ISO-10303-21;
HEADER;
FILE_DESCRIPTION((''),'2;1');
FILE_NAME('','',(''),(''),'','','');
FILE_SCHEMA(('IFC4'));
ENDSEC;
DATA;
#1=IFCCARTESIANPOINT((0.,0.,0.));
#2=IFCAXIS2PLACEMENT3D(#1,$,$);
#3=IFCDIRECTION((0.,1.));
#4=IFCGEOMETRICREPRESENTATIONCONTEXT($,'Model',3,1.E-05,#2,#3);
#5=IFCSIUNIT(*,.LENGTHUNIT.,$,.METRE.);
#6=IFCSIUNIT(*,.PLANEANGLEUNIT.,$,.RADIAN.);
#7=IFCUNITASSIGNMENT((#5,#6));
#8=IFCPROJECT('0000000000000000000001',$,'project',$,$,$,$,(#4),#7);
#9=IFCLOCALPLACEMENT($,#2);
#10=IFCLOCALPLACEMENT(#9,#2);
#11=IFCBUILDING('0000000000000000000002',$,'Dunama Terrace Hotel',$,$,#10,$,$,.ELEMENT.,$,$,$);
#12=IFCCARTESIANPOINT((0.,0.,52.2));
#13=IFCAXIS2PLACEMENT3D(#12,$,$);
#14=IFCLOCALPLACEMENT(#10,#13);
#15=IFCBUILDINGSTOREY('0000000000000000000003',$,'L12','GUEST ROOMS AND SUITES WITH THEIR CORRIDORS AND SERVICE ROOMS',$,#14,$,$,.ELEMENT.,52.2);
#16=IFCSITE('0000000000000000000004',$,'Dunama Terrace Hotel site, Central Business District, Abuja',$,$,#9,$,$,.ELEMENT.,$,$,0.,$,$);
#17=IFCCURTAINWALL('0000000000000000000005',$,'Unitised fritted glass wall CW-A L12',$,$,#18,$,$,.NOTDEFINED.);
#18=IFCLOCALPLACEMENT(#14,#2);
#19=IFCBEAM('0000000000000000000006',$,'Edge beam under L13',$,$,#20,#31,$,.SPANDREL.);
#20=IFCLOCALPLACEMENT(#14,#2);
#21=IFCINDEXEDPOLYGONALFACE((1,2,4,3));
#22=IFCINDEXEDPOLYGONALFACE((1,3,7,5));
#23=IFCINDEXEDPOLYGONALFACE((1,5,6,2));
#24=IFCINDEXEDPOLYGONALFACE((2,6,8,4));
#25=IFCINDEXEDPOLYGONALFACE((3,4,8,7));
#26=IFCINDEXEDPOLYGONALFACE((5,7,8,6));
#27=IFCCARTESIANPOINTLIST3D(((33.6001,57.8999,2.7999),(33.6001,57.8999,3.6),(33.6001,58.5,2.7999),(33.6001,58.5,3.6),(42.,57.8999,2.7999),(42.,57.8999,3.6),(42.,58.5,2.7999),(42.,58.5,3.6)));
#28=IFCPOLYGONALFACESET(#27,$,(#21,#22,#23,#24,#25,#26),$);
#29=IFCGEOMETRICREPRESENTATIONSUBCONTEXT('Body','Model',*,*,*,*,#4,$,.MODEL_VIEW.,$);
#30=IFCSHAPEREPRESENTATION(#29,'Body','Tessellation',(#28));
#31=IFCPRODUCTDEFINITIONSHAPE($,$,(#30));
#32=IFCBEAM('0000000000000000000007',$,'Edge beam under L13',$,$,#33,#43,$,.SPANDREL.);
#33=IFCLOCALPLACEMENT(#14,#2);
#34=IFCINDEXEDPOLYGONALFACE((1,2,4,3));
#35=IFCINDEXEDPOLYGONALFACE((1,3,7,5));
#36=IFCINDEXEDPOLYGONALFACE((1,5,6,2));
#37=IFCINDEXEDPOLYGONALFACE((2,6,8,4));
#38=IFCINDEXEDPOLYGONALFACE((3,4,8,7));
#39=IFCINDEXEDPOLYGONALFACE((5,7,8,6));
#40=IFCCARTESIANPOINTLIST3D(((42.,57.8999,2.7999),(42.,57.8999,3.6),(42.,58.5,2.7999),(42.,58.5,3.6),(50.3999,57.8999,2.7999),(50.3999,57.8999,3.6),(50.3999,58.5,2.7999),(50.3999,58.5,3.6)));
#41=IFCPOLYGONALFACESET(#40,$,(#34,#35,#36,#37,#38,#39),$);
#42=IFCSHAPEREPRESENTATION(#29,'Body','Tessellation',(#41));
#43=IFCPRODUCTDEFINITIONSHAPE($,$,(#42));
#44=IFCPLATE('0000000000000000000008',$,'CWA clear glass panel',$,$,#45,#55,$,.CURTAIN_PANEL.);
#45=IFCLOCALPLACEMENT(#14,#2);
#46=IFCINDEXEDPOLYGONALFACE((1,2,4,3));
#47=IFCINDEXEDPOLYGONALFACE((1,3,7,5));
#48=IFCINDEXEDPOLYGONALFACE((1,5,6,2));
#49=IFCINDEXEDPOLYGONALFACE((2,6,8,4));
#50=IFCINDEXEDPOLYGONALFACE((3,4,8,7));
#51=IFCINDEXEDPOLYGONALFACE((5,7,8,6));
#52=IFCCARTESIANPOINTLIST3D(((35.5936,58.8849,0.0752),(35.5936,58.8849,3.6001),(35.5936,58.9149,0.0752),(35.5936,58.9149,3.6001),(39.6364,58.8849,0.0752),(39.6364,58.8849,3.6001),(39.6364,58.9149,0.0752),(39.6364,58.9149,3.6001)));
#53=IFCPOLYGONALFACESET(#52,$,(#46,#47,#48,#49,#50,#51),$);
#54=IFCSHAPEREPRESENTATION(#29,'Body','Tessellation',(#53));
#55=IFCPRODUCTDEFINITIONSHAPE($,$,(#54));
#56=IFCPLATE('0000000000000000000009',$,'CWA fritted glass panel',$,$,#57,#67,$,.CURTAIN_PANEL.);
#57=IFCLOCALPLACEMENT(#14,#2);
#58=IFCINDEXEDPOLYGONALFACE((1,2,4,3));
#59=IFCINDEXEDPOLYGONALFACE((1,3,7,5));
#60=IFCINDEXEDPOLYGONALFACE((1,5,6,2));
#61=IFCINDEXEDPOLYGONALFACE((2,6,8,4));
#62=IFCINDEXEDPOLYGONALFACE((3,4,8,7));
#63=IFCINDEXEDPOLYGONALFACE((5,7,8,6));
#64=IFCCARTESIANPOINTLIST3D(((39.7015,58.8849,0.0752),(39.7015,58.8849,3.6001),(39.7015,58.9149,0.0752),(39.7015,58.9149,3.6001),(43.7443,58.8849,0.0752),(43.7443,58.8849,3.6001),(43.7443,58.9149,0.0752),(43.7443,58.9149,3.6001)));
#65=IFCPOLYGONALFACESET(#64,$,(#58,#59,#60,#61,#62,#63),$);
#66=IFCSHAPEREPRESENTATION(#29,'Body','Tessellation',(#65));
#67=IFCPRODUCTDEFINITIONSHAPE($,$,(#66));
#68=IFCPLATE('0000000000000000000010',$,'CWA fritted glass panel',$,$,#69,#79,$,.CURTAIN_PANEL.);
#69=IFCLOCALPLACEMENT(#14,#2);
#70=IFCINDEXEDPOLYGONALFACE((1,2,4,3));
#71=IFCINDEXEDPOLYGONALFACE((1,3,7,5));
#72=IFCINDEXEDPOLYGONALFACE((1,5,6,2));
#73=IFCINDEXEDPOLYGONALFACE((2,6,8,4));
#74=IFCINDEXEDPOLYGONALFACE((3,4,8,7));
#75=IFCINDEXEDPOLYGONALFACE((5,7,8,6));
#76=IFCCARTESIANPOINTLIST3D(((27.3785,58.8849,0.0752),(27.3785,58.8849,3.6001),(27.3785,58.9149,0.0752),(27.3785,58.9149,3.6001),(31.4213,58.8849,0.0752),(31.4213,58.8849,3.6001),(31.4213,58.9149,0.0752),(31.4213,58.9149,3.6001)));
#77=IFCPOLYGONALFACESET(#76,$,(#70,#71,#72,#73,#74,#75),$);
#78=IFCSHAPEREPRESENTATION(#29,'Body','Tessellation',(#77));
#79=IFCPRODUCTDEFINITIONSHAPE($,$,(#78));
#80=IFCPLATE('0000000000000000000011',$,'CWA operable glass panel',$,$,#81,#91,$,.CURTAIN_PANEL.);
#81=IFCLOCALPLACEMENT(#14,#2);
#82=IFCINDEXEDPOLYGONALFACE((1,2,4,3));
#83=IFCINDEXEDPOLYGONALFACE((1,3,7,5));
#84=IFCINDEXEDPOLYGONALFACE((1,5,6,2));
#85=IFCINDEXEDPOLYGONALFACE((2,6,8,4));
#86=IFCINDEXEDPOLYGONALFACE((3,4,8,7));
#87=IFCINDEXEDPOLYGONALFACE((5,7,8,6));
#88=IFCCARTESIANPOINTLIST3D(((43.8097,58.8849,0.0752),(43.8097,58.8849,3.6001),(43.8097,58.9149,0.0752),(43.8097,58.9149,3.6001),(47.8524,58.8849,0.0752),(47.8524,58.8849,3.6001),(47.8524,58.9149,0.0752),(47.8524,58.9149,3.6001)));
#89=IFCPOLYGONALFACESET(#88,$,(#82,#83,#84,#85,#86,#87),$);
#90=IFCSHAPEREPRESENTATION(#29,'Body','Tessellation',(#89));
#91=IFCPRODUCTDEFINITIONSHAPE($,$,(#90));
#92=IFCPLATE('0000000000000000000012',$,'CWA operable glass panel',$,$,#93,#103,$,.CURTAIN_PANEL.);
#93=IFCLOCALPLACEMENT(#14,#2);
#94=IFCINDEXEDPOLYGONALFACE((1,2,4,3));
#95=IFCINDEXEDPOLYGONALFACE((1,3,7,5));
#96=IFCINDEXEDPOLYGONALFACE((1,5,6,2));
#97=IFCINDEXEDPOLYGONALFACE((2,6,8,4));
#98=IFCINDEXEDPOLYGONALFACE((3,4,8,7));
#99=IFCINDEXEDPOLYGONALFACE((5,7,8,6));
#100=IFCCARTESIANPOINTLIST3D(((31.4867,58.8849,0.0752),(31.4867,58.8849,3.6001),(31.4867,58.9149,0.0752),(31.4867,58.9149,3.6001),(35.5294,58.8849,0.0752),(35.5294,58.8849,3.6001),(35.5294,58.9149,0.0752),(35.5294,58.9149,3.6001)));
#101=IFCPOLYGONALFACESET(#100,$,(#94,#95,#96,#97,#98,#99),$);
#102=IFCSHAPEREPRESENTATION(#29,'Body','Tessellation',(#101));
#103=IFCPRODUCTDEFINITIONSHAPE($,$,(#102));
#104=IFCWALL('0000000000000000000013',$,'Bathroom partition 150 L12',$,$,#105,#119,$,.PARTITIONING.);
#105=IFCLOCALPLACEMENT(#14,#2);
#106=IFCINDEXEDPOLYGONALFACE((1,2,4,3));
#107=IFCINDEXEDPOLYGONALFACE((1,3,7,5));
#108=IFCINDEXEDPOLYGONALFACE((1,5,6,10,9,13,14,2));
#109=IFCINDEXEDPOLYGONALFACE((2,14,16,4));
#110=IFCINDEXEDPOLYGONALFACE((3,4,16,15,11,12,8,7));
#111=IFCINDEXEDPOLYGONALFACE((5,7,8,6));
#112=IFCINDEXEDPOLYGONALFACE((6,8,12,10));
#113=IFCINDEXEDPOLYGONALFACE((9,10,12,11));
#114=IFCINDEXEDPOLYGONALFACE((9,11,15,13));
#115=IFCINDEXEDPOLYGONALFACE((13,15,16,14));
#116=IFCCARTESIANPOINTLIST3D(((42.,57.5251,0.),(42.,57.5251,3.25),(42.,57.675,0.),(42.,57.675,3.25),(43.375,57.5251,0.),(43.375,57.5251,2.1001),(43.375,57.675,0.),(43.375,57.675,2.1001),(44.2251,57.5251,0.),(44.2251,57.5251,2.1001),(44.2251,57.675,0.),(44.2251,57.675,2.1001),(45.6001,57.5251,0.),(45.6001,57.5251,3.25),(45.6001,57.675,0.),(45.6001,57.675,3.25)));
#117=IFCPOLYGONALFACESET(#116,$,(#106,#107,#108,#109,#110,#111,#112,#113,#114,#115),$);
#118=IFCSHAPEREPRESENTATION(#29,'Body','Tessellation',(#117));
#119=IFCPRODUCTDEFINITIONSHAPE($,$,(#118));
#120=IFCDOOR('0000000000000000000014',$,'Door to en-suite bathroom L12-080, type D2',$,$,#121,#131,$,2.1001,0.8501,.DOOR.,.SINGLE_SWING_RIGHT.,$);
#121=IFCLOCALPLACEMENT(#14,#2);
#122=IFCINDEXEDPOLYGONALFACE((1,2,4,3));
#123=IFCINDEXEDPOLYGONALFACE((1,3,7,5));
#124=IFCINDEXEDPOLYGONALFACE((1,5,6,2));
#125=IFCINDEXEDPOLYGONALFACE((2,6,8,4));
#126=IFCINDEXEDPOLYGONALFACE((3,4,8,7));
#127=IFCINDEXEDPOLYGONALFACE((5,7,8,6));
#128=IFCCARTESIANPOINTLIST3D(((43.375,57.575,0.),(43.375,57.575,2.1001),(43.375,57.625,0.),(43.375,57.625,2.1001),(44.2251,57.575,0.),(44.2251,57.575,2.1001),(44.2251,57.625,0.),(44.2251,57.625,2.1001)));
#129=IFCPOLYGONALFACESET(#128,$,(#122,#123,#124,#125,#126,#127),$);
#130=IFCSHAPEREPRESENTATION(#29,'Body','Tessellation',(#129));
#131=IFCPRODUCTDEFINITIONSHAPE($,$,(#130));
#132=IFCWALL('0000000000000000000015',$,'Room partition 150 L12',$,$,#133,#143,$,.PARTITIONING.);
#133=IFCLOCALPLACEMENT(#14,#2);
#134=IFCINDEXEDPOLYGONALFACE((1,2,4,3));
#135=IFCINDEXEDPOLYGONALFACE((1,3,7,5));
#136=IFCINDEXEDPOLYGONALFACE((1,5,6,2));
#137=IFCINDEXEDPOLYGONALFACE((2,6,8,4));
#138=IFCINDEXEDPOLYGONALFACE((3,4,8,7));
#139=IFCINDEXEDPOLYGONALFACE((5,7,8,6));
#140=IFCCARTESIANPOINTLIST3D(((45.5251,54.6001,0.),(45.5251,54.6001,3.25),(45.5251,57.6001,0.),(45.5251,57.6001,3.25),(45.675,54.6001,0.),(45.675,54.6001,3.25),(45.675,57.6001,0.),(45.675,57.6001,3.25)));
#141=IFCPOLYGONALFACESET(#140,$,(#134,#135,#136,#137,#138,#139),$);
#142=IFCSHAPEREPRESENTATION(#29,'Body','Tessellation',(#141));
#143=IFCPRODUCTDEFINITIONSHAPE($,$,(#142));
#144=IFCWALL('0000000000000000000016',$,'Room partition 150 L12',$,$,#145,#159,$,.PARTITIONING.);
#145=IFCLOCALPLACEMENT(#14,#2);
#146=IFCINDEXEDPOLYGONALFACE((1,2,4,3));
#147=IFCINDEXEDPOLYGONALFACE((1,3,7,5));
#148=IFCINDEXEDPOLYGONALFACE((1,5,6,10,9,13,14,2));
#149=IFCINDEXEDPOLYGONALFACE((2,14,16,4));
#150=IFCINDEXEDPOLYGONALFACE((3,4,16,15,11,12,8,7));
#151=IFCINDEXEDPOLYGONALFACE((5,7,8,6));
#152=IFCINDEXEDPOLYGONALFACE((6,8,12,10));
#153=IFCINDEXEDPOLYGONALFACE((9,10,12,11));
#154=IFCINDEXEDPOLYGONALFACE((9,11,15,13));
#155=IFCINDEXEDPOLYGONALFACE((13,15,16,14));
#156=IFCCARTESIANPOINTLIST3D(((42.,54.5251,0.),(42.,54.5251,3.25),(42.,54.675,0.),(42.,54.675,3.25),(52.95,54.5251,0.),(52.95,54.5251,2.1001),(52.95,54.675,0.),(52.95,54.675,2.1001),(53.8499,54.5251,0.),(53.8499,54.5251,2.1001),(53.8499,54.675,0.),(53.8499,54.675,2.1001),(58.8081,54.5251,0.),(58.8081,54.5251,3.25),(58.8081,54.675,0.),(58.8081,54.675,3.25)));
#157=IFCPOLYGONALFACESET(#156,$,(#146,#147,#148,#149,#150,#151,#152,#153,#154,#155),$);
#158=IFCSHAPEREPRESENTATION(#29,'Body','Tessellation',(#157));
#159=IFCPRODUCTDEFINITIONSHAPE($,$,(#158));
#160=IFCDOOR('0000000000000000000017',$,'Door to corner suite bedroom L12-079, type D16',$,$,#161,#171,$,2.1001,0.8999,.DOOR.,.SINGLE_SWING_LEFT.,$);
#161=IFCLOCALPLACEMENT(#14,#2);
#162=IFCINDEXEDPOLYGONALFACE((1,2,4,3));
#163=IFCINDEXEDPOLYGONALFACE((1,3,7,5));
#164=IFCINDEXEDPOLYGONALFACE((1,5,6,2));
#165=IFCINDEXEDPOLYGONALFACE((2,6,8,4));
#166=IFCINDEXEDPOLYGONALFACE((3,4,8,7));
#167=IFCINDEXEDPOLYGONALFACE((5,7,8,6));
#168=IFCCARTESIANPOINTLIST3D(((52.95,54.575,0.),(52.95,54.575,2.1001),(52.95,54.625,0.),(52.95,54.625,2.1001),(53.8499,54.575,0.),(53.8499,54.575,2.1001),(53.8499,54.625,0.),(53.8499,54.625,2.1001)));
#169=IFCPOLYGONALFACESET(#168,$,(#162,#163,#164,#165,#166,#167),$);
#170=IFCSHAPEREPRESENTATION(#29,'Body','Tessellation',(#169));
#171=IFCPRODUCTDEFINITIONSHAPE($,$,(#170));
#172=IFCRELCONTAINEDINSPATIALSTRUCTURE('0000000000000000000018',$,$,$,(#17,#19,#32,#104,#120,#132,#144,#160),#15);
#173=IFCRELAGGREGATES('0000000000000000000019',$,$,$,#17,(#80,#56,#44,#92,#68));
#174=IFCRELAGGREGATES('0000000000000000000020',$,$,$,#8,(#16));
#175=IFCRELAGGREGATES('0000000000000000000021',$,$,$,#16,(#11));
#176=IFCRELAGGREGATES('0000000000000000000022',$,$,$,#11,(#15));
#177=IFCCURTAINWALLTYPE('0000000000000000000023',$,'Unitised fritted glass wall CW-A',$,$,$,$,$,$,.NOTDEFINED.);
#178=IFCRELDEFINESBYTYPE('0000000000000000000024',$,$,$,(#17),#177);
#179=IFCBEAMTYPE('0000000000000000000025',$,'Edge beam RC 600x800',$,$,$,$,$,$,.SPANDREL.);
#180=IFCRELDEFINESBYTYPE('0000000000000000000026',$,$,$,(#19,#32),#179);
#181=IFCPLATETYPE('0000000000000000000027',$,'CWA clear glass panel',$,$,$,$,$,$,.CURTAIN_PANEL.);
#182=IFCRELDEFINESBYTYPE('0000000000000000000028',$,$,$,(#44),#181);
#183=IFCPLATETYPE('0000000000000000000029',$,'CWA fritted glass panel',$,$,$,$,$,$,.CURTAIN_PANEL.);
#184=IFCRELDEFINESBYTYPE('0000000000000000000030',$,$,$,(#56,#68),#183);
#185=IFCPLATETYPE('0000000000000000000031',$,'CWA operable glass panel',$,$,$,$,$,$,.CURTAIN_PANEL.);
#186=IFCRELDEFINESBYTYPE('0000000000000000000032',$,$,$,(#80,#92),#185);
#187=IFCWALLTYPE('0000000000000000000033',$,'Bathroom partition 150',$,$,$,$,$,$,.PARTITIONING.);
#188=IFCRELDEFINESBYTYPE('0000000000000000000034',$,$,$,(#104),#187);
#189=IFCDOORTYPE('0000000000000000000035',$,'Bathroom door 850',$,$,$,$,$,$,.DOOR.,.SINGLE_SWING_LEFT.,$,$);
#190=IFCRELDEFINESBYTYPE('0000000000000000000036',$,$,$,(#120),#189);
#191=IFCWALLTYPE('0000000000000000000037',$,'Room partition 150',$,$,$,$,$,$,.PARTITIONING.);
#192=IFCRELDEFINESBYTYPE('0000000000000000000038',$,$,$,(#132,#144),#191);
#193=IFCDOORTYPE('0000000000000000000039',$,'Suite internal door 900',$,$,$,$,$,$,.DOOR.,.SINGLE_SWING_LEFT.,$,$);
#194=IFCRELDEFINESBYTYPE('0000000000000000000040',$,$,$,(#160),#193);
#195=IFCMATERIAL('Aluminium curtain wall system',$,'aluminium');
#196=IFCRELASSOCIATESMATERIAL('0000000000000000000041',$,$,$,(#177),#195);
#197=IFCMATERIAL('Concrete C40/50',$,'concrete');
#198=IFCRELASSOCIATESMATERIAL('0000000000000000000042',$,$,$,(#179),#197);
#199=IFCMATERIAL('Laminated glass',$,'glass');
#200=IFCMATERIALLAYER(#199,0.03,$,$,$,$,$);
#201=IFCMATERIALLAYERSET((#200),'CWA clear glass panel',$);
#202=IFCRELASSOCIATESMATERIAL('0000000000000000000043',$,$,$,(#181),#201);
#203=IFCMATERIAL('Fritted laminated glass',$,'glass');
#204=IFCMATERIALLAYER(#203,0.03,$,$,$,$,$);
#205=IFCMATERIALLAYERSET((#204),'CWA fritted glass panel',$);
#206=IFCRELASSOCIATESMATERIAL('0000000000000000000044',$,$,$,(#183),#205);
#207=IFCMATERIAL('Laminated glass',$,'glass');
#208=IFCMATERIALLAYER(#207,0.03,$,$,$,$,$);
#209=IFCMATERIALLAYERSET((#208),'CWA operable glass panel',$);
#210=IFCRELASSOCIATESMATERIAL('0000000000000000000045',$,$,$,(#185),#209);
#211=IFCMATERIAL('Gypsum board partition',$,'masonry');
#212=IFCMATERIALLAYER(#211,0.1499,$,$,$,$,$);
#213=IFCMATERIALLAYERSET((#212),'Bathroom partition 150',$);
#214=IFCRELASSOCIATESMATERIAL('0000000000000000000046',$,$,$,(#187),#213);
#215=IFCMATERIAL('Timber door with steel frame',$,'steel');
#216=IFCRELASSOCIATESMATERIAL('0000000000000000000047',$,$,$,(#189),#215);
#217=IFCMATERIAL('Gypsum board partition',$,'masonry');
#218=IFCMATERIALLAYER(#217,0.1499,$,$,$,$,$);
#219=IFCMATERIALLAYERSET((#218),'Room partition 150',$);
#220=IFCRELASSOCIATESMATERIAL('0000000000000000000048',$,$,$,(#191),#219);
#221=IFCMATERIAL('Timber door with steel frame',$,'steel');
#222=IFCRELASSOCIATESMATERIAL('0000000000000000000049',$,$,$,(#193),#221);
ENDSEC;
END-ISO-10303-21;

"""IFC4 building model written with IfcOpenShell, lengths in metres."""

from ifc_helpers import new_model, si_unit, direction, frame, frame_2d, origin, origin_2d, place, context, subcontext, project, spatial, rectangle, extrude, material, layer, layer_set, material_profile, profile_set, type_object, element, fill, aggregate, save


model = new_model("IFC4")

# Units and contexts
model_context = context("Model", 3, precision=1e-05, world=origin(), true_north=direction((0.0, 1.0)))
body_context = subcontext(model_context, "Body", "Model", "MODEL_VIEW")
ifc_project = project(units=[si_unit("LENGTHUNIT", "METRE"), si_unit("PLANEANGLEUNIT", "RADIAN")], contexts=[model_context])

# Site, building, storey
site_placement = place(None, origin())
site = spatial("IfcSite", under=ifc_project, at=site_placement, Name="Dunama Terrace Hotel site, Central Business District, Abuja", CompositionType="ELEMENT", RefElevation=0.0)
building_placement = place(site_placement, origin())
building = spatial("IfcBuilding", under=site, at=building_placement, Name="Dunama Terrace Hotel", CompositionType="ELEMENT")
storey_placement = place(building_placement, frame((0.0, 0.0, 52.2)))
storey = spatial("IfcBuildingStorey", under=building, at=storey_placement, Name="L12", Description="GUEST ROOMS AND SUITES WITH THEIR CORRIDORS AND SERVICE ROOMS", CompositionType="ELEMENT", Elevation=52.2)

# Curtain wall
ifc_material_1 = material(Name="Aluminium curtain wall system", Category="aluminium")
curtain_wall_type = type_object("IfcCurtainWallType", Name="Unitised fritted glass wall CW-A", PredefinedType="NOTDEFINED", material=ifc_material_1)
curtain_wall_placement = place(storey_placement, origin())
curtain_wall = element("IfcCurtainWall", 1, at=curtain_wall_placement, inside=storey, type_object=curtain_wall_type, Name="Unitised fritted glass wall CW-A L12", PredefinedType="NOTDEFINED")

# Beams
ifc_material_2 = material(Name="Concrete C40/50", Category="concrete")
ifc_material_profile_1 = material_profile(ifc_material_2, rectangle(XDim=0.6001, YDim=0.8, at=origin_2d()), Name="RC 600x800")
ifc_profile_set_1 = profile_set([ifc_material_profile_1], Name="Concrete C40/50")
beam_type = type_object("IfcBeamType", Name="Edge beam RC 600x800", PredefinedType="SPANDREL", material=ifc_profile_set_1)
for number, where, z_axis, x_axis, name in (
    (2, (33.6001, 58.2, 3.2), (1.0, 0.0, 0.0), (0.0, 1.0, 0.0), "Edge beam under L13"),
    (3, (42.0, 58.2, 3.2), (1.0, 0.0, 0.0), (0.0, 1.0, 0.0), "Edge beam under L13"),
):
    element("IfcBeam", number, at=place(storey_placement, frame(where, z_axis=z_axis, x_axis=x_axis)), inside=storey, type_object=beam_type, Name=name, PredefinedType="SPANDREL", context=body_context, shape_type="SweptSolid", body=[
        extrude(rectangle(XDim=0.6001, YDim=0.8, at=origin_2d()), origin(), (0.0, 0.0, 1.0), 8.3999),
    ])

# Plates
ifc_material_3 = material(Name="Laminated glass", Category="glass")
ifc_layer_1 = layer(ifc_material_3, 0.03)
ifc_layer_set_1 = layer_set([ifc_layer_1], Name="CWA clear glass panel")
plate_type_1 = type_object("IfcPlateType", Name="CWA clear glass panel", PredefinedType="CURTAIN_PANEL", material=ifc_layer_set_1)
plate_1_placement = place(storey_placement, frame((37.615, 58.8999, 0.0752), z_axis=(0.0, 0.0, 1.0), x_axis=(-1.0, 0.0, 0.0)))
plate_1 = element("IfcPlate", 4, at=plate_1_placement, type_object=plate_type_1, Name="CWA clear glass panel", PredefinedType="CURTAIN_PANEL", context=body_context, shape_type="SweptSolid", body=[
    extrude(rectangle(XDim=4.0427, YDim=0.03, at=origin_2d()), origin(), (0.0, 0.0, 1.0), 3.5249),
])
ifc_material_4 = material(Name="Fritted laminated glass", Category="glass")
ifc_layer_2 = layer(ifc_material_4, 0.03)
ifc_layer_set_2 = layer_set([ifc_layer_2], Name="CWA fritted glass panel")
plate_type_2 = type_object("IfcPlateType", Name="CWA fritted glass panel", PredefinedType="CURTAIN_PANEL", material=ifc_layer_set_2)
plate_2_placement = place(storey_placement, frame((41.7229, 58.8999, 0.0752), z_axis=(0.0, 0.0, 1.0), x_axis=(-1.0, 0.0, 0.0)))
plate_2 = element("IfcPlate", 5, at=plate_2_placement, type_object=plate_type_2, Name="CWA fritted glass panel", PredefinedType="CURTAIN_PANEL", context=body_context, shape_type="SweptSolid", body=[
    extrude(rectangle(XDim=4.0427, YDim=0.03, at=origin_2d()), origin(), (0.0, 0.0, 1.0), 3.5249),
])
plate_3_placement = place(storey_placement, frame((29.3999, 58.8999, 0.0752), z_axis=(0.0, 0.0, 1.0), x_axis=(-1.0, 0.0, 0.0)))
plate_3 = element("IfcPlate", 6, at=plate_3_placement, type_object=plate_type_2, Name="CWA fritted glass panel", PredefinedType="CURTAIN_PANEL", context=body_context, shape_type="SweptSolid", body=[
    extrude(rectangle(XDim=4.0427, YDim=0.03, at=origin_2d()), origin(), (0.0, 0.0, 1.0), 3.5249),
])
ifc_material_5 = material(Name="Laminated glass", Category="glass")
ifc_layer_3 = layer(ifc_material_5, 0.03)
ifc_layer_set_3 = layer_set([ifc_layer_3], Name="CWA operable glass panel")
plate_type_3 = type_object("IfcPlateType", Name="CWA operable glass panel", PredefinedType="CURTAIN_PANEL", material=ifc_layer_set_3)
plate_4_placement = place(storey_placement, frame((45.8311, 58.8999, 0.0752), z_axis=(0.0, 0.0, 1.0), x_axis=(-1.0, 0.0, 0.0)))
plate_4 = element("IfcPlate", 7, at=plate_4_placement, type_object=plate_type_3, Name="CWA operable glass panel", PredefinedType="CURTAIN_PANEL", context=body_context, shape_type="SweptSolid", body=[
    extrude(rectangle(XDim=4.0427, YDim=0.03, at=origin_2d()), origin(), (0.0, 0.0, 1.0), 3.5249),
])
plate_5_placement = place(storey_placement, frame((33.5081, 58.8999, 0.0752), z_axis=(0.0, 0.0, 1.0), x_axis=(-1.0, 0.0, 0.0)))
plate_5 = element("IfcPlate", 8, at=plate_5_placement, type_object=plate_type_3, Name="CWA operable glass panel", PredefinedType="CURTAIN_PANEL", context=body_context, shape_type="SweptSolid", body=[
    extrude(rectangle(XDim=4.0427, YDim=0.03, at=origin_2d()), origin(), (0.0, 0.0, 1.0), 3.5249),
])
aggregate(curtain_wall, [plate_4, plate_2, plate_1, plate_5, plate_3])

# Wall, opening, door
ifc_material_6 = material(Name="Gypsum board partition", Category="masonry")
ifc_layer_4 = layer(ifc_material_6, 0.1499)
ifc_layer_set_4 = layer_set([ifc_layer_4], Name="Bathroom partition 150")
wall_type_1 = type_object("IfcWallType", Name="Bathroom partition 150", PredefinedType="PARTITIONING", material=ifc_layer_set_4)
wall_1_placement = place(storey_placement, frame((42.0, 57.6001, 0.0), z_axis=(0.0, 0.0, 1.0), x_axis=(1.0, 0.0, 0.0)))
wall_1 = element("IfcWall", 9, at=wall_1_placement, inside=storey, type_object=wall_type_1, Name="Bathroom partition 150 L12", PredefinedType="PARTITIONING", context=body_context, shape_type="SweptSolid", body=[
    extrude(rectangle(XDim=3.6001, YDim=0.1499, at=frame_2d((1.8, 0.0))), origin(), (0.0, 0.0, 1.0), 3.25),
])
opening_1_placement = place(wall_1_placement, frame((1.375, 0.0, 0.0)))
opening_1 = element("IfcOpeningElement", 10, at=opening_1_placement, cuts=wall_1, PredefinedType="OPENING", context=body_context, shape_type="SweptSolid", body=[
    extrude(rectangle(XDim=0.8501, YDim=2.1001, at=frame_2d((0.425, 1.05))), frame((0.0, 0.085, 0.0), z_axis=(0.0, -1.0, 0.0), x_axis=(1.0, 0.0, 0.0)), (0.0, 0.0, 1.0), 0.1699),
])
ifc_material_7 = material(Name="Timber door with steel frame", Category="steel")
door_type_1 = type_object("IfcDoorType", Name="Bathroom door 850", OperationType="SINGLE_SWING_LEFT", PredefinedType="DOOR", material=ifc_material_7)
door_1_placement = place(opening_1_placement, frame((0.8501, 0.0, 0.0), z_axis=(0.0, 0.0, 1.0), x_axis=(-1.0, 0.0, 0.0)))
door_1 = element("IfcDoor", 11, at=door_1_placement, inside=storey, type_object=door_type_1, Name="Door to en-suite bathroom L12-080, type D2", OperationType="SINGLE_SWING_RIGHT", OverallHeight=2.1001, OverallWidth=0.8501, PredefinedType="DOOR", context=body_context, shape_type="SweptSolid", body=[
    extrude(rectangle(XDim=0.8501, YDim=2.1001, at=frame_2d((0.425, 1.05))), frame((0.0, 0.0251, 0.0), z_axis=(0.0, -1.0, 0.0), x_axis=(1.0, 0.0, 0.0)), (0.0, 0.0, 1.0), 0.05),
])
fill(opening_1, door_1)

# Wall
ifc_material_8 = material(Name="Gypsum board partition", Category="masonry")
ifc_layer_5 = layer(ifc_material_8, 0.1499)
ifc_layer_set_5 = layer_set([ifc_layer_5], Name="Room partition 150")
wall_type_2 = type_object("IfcWallType", Name="Room partition 150", PredefinedType="PARTITIONING", material=ifc_layer_set_5)
wall_2_placement = place(storey_placement, frame((45.6001, 54.6001, 0.0), z_axis=(0.0, 0.0, 1.0), x_axis=(0.0, 1.0, 0.0)))
element("IfcWall", 12, at=wall_2_placement, inside=storey, type_object=wall_type_2, Name="Room partition 150 L12", PredefinedType="PARTITIONING", context=body_context, shape_type="SweptSolid", body=[
    extrude(rectangle(XDim=3.0, YDim=0.1499, at=frame_2d((1.5, 0.0))), origin(), (0.0, 0.0, 1.0), 3.25),
])

# Wall, opening, door
wall_3_placement = place(storey_placement, frame((42.0, 54.6001, 0.0), z_axis=(0.0, 0.0, 1.0), x_axis=(1.0, 0.0, 0.0)))
wall_3 = element("IfcWall", 13, at=wall_3_placement, inside=storey, type_object=wall_type_2, Name="Room partition 150 L12", PredefinedType="PARTITIONING", context=body_context, shape_type="SweptSolid", body=[
    extrude(rectangle(XDim=16.8081, YDim=0.1499, at=frame_2d((8.4041, 0.0))), origin(), (0.0, 0.0, 1.0), 3.25),
])
opening_2_placement = place(wall_3_placement, frame((10.95, 0.0, 0.0)))
opening_2 = element("IfcOpeningElement", 14, at=opening_2_placement, cuts=wall_3, PredefinedType="OPENING", context=body_context, shape_type="SweptSolid", body=[
    extrude(rectangle(XDim=0.8999, YDim=2.1001, at=frame_2d((0.45, 1.05))), frame((0.0, 0.085, 0.0), z_axis=(0.0, -1.0, 0.0), x_axis=(1.0, 0.0, 0.0)), (0.0, 0.0, 1.0), 0.1699),
])
ifc_material_9 = material(Name="Timber door with steel frame", Category="steel")
door_type_2 = type_object("IfcDoorType", Name="Suite internal door 900", OperationType="SINGLE_SWING_LEFT", PredefinedType="DOOR", material=ifc_material_9)
door_2_placement = place(opening_2_placement, origin())
door_2 = element("IfcDoor", 15, at=door_2_placement, inside=storey, type_object=door_type_2, Name="Door to corner suite bedroom L12-079, type D16", OperationType="SINGLE_SWING_LEFT", OverallHeight=2.1001, OverallWidth=0.8999, PredefinedType="DOOR", context=body_context, shape_type="SweptSolid", body=[
    extrude(rectangle(XDim=0.8999, YDim=2.1001, at=frame_2d((0.45, 1.05))), frame((0.0, 0.0249, 0.0), z_axis=(0.0, -1.0, 0.0), x_axis=(1.0, 0.0, 0.0)), (0.0, 0.0, 1.0), 0.05),
])
fill(opening_2, door_2)

save(model, "model.ifc")
